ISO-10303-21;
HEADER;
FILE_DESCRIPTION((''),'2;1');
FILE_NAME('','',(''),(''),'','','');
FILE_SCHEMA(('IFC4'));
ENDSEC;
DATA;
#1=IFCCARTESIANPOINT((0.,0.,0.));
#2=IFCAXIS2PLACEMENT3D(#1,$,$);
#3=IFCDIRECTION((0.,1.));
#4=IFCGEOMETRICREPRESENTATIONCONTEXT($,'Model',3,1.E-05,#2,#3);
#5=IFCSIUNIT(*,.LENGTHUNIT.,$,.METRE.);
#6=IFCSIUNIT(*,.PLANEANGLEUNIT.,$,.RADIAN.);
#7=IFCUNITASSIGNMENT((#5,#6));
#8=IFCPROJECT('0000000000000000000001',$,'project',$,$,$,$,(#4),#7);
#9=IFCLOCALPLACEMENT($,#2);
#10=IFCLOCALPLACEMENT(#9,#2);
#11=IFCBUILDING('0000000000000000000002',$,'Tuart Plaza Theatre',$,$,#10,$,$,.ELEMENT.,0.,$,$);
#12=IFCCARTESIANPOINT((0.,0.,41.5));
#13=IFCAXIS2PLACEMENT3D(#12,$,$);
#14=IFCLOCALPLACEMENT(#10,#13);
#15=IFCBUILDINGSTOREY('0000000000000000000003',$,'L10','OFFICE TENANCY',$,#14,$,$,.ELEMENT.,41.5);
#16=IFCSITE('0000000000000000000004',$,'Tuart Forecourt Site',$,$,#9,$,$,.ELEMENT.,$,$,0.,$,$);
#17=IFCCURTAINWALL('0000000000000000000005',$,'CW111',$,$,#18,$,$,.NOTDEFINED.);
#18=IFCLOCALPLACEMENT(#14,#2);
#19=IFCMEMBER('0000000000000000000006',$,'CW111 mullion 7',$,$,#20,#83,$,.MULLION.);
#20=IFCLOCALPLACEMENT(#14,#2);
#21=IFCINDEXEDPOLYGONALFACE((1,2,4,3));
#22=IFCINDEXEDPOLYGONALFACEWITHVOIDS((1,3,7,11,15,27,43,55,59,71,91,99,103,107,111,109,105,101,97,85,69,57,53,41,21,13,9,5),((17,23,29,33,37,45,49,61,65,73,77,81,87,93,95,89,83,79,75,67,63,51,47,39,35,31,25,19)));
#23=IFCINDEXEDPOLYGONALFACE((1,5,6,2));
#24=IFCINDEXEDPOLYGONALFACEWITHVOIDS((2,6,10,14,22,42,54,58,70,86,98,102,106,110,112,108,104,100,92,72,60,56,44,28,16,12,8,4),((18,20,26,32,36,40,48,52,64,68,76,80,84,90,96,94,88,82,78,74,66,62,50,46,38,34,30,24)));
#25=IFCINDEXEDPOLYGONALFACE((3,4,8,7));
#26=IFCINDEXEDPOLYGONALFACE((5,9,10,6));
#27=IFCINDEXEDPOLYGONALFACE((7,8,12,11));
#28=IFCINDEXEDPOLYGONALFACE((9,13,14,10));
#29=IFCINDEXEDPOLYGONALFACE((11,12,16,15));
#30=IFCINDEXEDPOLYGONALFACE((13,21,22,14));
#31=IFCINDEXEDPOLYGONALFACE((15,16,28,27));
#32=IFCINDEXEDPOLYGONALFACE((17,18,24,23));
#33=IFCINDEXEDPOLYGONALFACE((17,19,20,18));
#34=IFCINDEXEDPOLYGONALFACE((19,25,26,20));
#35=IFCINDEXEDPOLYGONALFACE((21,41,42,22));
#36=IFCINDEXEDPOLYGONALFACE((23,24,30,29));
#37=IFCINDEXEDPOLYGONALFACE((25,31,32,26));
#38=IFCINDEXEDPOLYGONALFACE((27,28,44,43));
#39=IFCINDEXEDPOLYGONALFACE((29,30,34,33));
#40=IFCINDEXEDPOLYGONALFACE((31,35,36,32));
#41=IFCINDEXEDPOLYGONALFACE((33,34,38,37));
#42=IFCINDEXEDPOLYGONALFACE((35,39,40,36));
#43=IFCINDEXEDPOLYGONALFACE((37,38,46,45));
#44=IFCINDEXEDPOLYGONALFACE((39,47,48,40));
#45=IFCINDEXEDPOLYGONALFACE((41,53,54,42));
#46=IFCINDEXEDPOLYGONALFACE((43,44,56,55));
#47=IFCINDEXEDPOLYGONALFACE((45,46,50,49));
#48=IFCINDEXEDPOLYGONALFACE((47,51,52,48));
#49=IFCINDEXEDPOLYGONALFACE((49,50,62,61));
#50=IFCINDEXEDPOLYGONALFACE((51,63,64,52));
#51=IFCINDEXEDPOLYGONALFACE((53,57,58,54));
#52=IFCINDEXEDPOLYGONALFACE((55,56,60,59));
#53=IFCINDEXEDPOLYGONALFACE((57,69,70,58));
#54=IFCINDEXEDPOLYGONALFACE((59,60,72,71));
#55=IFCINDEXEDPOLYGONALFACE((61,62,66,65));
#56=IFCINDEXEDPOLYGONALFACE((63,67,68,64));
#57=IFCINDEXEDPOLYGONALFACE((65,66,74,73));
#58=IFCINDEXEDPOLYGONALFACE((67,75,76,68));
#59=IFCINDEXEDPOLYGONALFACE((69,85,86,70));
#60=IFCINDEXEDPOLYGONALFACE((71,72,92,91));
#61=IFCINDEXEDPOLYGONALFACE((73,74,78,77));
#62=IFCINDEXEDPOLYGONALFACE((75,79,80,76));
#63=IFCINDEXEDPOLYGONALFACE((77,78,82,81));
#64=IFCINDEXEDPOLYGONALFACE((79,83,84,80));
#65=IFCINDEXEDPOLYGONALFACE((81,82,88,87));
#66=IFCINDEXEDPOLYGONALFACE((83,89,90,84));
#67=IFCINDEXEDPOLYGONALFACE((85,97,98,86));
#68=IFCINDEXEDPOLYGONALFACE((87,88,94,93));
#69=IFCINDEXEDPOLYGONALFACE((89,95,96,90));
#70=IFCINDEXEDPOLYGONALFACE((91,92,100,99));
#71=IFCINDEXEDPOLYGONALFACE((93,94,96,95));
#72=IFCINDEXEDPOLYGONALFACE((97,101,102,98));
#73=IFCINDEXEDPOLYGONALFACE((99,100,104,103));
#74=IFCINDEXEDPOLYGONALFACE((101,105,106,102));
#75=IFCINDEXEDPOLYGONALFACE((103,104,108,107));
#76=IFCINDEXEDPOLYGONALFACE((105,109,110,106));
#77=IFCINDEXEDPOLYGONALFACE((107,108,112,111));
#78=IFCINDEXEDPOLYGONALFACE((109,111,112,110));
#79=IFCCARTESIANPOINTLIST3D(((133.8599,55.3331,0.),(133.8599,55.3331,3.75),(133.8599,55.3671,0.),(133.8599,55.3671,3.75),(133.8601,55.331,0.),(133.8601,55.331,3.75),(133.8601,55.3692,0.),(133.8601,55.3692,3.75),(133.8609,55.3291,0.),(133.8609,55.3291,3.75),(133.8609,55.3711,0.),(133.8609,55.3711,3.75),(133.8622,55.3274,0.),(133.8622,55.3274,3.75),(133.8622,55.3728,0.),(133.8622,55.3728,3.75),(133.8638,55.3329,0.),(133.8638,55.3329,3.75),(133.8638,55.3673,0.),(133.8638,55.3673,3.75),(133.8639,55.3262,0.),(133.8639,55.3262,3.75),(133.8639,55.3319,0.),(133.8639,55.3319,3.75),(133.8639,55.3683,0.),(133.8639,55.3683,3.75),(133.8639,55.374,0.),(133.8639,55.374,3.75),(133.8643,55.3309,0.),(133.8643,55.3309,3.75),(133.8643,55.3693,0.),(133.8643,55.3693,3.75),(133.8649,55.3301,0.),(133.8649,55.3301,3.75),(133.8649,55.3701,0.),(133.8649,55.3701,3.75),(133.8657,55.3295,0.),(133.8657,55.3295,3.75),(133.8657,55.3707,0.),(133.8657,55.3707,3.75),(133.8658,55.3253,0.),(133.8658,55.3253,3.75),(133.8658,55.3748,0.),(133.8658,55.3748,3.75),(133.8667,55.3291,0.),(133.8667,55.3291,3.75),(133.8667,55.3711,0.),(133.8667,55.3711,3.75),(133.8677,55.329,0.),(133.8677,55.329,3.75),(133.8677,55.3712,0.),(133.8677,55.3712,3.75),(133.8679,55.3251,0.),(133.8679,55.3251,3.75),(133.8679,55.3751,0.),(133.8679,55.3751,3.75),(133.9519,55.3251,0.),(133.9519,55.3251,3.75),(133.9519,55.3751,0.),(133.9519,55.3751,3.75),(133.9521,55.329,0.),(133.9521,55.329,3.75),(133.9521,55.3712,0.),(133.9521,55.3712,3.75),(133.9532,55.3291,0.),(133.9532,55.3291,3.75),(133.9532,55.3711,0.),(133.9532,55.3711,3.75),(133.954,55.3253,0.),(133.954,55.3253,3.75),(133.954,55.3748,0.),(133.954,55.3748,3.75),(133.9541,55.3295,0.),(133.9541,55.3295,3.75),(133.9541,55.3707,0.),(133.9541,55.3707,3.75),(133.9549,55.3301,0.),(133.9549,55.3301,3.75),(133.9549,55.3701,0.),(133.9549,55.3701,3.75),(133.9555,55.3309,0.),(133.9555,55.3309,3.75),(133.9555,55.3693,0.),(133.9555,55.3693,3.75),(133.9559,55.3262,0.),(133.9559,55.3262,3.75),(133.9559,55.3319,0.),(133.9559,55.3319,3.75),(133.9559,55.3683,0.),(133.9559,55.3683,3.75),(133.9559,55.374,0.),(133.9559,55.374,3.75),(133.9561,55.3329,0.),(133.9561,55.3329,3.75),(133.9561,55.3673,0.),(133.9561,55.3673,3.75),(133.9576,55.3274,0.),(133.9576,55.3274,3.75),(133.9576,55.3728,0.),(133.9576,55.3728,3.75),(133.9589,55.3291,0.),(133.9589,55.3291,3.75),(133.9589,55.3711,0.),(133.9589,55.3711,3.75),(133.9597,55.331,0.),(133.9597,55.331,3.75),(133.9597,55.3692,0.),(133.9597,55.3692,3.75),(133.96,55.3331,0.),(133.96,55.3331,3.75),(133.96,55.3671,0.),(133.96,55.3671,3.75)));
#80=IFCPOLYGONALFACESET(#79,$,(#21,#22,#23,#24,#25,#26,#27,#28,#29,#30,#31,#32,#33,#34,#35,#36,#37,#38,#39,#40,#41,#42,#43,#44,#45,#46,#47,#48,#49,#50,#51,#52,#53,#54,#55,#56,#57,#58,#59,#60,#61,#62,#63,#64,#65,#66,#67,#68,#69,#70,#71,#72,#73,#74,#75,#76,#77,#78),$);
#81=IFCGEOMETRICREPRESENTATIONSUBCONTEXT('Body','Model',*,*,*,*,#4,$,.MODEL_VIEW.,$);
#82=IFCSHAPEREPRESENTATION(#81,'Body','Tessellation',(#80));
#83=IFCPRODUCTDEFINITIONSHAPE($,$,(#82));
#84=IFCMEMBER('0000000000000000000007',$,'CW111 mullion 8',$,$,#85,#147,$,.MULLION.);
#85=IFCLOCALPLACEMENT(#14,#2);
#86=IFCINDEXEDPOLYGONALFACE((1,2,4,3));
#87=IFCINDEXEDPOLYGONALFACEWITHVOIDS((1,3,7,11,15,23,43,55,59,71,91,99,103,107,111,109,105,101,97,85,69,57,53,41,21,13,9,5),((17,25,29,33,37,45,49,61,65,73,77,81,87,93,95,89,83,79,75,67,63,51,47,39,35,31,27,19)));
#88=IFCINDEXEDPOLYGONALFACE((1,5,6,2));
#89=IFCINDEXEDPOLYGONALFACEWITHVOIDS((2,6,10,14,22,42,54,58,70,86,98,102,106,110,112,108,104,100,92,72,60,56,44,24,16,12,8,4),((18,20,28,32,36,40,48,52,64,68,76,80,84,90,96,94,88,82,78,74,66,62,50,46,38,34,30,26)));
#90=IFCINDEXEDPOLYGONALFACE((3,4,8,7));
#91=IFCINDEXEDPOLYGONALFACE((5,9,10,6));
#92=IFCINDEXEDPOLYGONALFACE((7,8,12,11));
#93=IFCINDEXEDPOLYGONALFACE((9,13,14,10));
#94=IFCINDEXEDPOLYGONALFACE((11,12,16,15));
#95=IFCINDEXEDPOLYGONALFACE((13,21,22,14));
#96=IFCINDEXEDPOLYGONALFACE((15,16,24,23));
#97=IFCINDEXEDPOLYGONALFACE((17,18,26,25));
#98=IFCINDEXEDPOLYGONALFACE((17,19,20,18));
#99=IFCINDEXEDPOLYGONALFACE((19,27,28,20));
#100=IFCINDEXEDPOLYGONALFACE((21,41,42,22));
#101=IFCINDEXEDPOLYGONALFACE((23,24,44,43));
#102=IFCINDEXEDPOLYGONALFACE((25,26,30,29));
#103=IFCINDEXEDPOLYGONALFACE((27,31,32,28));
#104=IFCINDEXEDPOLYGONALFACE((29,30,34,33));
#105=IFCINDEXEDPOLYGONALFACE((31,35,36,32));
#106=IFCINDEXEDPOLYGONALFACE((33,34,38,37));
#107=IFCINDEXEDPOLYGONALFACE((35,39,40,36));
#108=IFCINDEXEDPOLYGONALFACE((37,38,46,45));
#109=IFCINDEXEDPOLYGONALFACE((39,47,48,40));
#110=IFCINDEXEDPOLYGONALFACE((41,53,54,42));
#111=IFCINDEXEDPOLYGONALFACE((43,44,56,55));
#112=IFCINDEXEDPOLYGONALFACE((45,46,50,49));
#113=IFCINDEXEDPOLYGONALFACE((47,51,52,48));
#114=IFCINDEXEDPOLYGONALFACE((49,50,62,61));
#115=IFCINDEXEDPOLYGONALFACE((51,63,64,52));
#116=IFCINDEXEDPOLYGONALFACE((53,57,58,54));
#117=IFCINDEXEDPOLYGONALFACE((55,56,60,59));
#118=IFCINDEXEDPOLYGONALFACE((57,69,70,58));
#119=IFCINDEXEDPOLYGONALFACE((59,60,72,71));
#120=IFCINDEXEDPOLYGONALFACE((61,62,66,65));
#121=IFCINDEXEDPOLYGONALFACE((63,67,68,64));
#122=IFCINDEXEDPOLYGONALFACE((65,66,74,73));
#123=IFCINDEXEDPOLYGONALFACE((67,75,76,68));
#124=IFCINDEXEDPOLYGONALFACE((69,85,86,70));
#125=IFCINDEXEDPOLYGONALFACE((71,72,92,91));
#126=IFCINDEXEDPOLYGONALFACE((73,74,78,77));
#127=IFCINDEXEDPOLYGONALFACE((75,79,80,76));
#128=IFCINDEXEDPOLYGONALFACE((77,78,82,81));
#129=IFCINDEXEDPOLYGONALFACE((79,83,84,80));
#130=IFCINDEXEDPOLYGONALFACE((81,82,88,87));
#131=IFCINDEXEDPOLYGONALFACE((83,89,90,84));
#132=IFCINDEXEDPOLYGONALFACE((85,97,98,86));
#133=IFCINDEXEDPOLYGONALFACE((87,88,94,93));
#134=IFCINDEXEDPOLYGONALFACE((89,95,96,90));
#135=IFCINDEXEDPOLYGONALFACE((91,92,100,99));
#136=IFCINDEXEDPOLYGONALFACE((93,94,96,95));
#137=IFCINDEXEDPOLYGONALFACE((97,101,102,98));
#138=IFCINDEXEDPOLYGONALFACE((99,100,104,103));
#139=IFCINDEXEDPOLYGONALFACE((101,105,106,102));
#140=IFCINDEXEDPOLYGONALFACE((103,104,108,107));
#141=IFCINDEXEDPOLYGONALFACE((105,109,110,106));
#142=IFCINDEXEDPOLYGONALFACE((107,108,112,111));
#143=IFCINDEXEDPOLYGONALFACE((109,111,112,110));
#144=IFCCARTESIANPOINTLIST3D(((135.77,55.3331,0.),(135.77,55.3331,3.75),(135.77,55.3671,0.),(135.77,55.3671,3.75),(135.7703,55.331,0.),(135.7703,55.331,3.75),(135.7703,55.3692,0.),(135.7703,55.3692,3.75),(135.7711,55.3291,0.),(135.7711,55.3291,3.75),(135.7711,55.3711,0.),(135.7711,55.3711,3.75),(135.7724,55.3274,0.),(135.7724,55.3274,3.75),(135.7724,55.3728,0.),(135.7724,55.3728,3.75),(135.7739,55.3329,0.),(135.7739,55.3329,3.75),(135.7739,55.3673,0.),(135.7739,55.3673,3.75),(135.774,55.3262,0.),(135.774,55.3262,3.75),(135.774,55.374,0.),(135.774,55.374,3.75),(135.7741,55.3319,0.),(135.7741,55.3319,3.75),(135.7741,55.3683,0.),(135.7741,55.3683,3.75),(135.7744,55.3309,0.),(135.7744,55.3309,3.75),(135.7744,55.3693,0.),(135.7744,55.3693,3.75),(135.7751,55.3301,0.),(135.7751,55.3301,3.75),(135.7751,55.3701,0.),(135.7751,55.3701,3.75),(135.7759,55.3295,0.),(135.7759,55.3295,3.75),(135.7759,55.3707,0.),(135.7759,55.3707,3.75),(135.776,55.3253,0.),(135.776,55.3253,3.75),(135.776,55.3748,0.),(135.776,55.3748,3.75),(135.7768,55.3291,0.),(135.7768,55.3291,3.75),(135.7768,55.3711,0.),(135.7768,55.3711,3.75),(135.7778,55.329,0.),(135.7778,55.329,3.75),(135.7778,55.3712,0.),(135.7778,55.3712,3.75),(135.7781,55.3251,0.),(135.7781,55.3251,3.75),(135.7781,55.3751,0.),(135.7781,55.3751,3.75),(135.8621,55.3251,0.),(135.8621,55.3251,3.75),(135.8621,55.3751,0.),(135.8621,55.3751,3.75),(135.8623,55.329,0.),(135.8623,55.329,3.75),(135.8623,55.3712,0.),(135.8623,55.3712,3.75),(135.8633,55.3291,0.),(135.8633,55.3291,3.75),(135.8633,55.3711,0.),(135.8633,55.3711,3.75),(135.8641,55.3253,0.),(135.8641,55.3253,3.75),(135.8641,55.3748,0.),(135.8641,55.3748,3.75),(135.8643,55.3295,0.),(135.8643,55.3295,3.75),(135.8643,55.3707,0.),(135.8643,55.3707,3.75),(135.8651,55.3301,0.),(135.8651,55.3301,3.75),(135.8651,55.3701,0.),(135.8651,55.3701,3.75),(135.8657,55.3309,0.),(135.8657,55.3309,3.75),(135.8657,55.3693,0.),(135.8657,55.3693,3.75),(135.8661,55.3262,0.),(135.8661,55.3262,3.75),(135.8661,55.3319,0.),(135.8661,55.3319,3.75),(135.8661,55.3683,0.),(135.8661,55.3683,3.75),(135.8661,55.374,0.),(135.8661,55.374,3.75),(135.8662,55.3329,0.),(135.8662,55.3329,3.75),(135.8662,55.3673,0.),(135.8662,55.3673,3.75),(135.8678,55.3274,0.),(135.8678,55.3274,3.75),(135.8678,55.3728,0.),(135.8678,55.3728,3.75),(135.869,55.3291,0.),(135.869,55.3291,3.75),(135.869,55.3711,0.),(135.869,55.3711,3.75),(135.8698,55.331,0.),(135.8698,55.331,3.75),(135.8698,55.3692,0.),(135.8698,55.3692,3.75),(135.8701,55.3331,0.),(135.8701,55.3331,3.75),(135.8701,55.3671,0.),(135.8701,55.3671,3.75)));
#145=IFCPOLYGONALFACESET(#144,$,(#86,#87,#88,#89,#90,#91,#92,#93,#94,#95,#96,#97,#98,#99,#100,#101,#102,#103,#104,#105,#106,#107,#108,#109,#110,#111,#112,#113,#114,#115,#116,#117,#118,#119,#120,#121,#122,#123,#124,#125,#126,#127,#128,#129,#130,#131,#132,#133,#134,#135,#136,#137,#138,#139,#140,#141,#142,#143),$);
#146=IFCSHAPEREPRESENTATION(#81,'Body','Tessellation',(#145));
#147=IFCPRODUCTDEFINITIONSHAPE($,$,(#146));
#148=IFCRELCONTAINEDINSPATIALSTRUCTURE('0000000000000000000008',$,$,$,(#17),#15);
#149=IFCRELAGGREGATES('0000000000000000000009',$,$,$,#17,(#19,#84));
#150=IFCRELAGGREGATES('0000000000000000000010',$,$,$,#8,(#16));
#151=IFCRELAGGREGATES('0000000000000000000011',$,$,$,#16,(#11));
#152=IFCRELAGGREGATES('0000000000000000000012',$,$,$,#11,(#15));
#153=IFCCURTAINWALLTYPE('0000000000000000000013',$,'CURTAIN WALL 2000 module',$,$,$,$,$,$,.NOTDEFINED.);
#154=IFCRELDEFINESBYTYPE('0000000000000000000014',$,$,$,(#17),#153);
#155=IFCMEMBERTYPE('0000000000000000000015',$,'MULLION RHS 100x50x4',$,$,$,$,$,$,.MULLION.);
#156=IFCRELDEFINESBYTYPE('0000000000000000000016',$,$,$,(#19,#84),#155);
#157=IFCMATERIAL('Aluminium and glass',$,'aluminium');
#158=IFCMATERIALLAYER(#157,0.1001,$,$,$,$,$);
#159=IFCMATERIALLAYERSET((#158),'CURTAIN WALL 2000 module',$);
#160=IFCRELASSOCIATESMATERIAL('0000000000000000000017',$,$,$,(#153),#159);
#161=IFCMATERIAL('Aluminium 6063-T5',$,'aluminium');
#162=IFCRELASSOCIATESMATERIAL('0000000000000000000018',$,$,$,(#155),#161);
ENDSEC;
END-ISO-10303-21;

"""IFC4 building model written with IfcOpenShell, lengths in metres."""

from ifc_helpers import new_model, si_unit, direction, frame, origin, origin_2d, place, context, subcontext, project, spatial, hollow_rectangle, extrude, material, layer, layer_set, material_profile, profile_set, type_object, element, aggregate, save


model = new_model("IFC4")

# Units and contexts
model_context = context("Model", 3, precision=1e-05, world=origin(), true_north=direction((0.0, 1.0)))
body_context = subcontext(model_context, "Body", "Model", "MODEL_VIEW")
ifc_project = project(units=[si_unit("LENGTHUNIT", "METRE"), si_unit("PLANEANGLEUNIT", "RADIAN")], contexts=[model_context])

# Site, building, storey
site_placement = place(None, origin())
site = spatial("IfcSite", under=ifc_project, at=site_placement, Name="Tuart Forecourt Site", CompositionType="ELEMENT", RefElevation=0.0)
building_placement = place(site_placement, origin())
building = spatial("IfcBuilding", under=site, at=building_placement, Name="Tuart Plaza Theatre", CompositionType="ELEMENT", ElevationOfRefHeight=0.0)
storey_placement = place(building_placement, frame((0.0, 0.0, 41.5)))
storey = spatial("IfcBuildingStorey", under=building, at=storey_placement, Name="L10", Description="OFFICE TENANCY", CompositionType="ELEMENT", Elevation=41.5)

# Curtain wall, members
ifc_material_1 = material(Name="Aluminium and glass", Category="aluminium")
ifc_layer_1 = layer(ifc_material_1, 0.1001)
ifc_layer_set_1 = layer_set([ifc_layer_1], Name="CURTAIN WALL 2000 module")
curtain_wall_type = type_object("IfcCurtainWallType", Name="CURTAIN WALL 2000 module", PredefinedType="NOTDEFINED", material=ifc_layer_set_1)
curtain_wall_placement = place(storey_placement, origin())
curtain_wall = element("IfcCurtainWall", 1, at=curtain_wall_placement, inside=storey, type_object=curtain_wall_type, Name="CW111", PredefinedType="NOTDEFINED")
ifc_material_2 = material(Name="Aluminium 6063-T5", Category="aluminium")
ifc_material_profile_1 = material_profile(ifc_material_2, hollow_rectangle(XDim=0.05, YDim=0.1001, WallThickness=0.0039, InnerFilletRadius=0.0039, OuterFilletRadius=0.0081, at=origin_2d()), Name="RHS 100x50x4")
ifc_profile_set_1 = profile_set([ifc_material_profile_1], Name="Aluminium 6063-T5")
member_type_1 = type_object("IfcMemberType", Name="MULLION RHS 100x50x4", PredefinedType="MULLION", material=ifc_profile_set_1)
member_1_placement = place(storey_placement, frame((133.9099, 55.3501, 0.0), z_axis=(0.0, 0.0, 1.0), x_axis=(0.0, 1.0, 0.0)))
member_1 = element("IfcMember", 2, at=member_1_placement, type_object=member_type_1, Name="CW111 mullion 7", PredefinedType="MULLION", context=body_context, shape_type="SweptSolid", body=[
    extrude(hollow_rectangle(XDim=0.05, YDim=0.1001, WallThickness=0.0039, InnerFilletRadius=0.0039, OuterFilletRadius=0.0081, at=origin_2d()), origin(), (0.0, 0.0, 1.0), 3.75),
])
member_2_placement = place(storey_placement, frame((135.8201, 55.3501, 0.0), z_axis=(0.0, 0.0, 1.0), x_axis=(0.0, 1.0, 0.0)))
member_2 = element("IfcMember", 3, at=member_2_placement, type_object=member_type_1, Name="CW111 mullion 8", PredefinedType="MULLION", context=body_context, shape_type="SweptSolid", body=[
    extrude(hollow_rectangle(XDim=0.05, YDim=0.1001, WallThickness=0.0039, InnerFilletRadius=0.0039, OuterFilletRadius=0.0081, at=origin_2d()), origin(), (0.0, 0.0, 1.0), 3.75),
])
aggregate(curtain_wall, [member_1, member_2])

save(model, "model.ifc")
